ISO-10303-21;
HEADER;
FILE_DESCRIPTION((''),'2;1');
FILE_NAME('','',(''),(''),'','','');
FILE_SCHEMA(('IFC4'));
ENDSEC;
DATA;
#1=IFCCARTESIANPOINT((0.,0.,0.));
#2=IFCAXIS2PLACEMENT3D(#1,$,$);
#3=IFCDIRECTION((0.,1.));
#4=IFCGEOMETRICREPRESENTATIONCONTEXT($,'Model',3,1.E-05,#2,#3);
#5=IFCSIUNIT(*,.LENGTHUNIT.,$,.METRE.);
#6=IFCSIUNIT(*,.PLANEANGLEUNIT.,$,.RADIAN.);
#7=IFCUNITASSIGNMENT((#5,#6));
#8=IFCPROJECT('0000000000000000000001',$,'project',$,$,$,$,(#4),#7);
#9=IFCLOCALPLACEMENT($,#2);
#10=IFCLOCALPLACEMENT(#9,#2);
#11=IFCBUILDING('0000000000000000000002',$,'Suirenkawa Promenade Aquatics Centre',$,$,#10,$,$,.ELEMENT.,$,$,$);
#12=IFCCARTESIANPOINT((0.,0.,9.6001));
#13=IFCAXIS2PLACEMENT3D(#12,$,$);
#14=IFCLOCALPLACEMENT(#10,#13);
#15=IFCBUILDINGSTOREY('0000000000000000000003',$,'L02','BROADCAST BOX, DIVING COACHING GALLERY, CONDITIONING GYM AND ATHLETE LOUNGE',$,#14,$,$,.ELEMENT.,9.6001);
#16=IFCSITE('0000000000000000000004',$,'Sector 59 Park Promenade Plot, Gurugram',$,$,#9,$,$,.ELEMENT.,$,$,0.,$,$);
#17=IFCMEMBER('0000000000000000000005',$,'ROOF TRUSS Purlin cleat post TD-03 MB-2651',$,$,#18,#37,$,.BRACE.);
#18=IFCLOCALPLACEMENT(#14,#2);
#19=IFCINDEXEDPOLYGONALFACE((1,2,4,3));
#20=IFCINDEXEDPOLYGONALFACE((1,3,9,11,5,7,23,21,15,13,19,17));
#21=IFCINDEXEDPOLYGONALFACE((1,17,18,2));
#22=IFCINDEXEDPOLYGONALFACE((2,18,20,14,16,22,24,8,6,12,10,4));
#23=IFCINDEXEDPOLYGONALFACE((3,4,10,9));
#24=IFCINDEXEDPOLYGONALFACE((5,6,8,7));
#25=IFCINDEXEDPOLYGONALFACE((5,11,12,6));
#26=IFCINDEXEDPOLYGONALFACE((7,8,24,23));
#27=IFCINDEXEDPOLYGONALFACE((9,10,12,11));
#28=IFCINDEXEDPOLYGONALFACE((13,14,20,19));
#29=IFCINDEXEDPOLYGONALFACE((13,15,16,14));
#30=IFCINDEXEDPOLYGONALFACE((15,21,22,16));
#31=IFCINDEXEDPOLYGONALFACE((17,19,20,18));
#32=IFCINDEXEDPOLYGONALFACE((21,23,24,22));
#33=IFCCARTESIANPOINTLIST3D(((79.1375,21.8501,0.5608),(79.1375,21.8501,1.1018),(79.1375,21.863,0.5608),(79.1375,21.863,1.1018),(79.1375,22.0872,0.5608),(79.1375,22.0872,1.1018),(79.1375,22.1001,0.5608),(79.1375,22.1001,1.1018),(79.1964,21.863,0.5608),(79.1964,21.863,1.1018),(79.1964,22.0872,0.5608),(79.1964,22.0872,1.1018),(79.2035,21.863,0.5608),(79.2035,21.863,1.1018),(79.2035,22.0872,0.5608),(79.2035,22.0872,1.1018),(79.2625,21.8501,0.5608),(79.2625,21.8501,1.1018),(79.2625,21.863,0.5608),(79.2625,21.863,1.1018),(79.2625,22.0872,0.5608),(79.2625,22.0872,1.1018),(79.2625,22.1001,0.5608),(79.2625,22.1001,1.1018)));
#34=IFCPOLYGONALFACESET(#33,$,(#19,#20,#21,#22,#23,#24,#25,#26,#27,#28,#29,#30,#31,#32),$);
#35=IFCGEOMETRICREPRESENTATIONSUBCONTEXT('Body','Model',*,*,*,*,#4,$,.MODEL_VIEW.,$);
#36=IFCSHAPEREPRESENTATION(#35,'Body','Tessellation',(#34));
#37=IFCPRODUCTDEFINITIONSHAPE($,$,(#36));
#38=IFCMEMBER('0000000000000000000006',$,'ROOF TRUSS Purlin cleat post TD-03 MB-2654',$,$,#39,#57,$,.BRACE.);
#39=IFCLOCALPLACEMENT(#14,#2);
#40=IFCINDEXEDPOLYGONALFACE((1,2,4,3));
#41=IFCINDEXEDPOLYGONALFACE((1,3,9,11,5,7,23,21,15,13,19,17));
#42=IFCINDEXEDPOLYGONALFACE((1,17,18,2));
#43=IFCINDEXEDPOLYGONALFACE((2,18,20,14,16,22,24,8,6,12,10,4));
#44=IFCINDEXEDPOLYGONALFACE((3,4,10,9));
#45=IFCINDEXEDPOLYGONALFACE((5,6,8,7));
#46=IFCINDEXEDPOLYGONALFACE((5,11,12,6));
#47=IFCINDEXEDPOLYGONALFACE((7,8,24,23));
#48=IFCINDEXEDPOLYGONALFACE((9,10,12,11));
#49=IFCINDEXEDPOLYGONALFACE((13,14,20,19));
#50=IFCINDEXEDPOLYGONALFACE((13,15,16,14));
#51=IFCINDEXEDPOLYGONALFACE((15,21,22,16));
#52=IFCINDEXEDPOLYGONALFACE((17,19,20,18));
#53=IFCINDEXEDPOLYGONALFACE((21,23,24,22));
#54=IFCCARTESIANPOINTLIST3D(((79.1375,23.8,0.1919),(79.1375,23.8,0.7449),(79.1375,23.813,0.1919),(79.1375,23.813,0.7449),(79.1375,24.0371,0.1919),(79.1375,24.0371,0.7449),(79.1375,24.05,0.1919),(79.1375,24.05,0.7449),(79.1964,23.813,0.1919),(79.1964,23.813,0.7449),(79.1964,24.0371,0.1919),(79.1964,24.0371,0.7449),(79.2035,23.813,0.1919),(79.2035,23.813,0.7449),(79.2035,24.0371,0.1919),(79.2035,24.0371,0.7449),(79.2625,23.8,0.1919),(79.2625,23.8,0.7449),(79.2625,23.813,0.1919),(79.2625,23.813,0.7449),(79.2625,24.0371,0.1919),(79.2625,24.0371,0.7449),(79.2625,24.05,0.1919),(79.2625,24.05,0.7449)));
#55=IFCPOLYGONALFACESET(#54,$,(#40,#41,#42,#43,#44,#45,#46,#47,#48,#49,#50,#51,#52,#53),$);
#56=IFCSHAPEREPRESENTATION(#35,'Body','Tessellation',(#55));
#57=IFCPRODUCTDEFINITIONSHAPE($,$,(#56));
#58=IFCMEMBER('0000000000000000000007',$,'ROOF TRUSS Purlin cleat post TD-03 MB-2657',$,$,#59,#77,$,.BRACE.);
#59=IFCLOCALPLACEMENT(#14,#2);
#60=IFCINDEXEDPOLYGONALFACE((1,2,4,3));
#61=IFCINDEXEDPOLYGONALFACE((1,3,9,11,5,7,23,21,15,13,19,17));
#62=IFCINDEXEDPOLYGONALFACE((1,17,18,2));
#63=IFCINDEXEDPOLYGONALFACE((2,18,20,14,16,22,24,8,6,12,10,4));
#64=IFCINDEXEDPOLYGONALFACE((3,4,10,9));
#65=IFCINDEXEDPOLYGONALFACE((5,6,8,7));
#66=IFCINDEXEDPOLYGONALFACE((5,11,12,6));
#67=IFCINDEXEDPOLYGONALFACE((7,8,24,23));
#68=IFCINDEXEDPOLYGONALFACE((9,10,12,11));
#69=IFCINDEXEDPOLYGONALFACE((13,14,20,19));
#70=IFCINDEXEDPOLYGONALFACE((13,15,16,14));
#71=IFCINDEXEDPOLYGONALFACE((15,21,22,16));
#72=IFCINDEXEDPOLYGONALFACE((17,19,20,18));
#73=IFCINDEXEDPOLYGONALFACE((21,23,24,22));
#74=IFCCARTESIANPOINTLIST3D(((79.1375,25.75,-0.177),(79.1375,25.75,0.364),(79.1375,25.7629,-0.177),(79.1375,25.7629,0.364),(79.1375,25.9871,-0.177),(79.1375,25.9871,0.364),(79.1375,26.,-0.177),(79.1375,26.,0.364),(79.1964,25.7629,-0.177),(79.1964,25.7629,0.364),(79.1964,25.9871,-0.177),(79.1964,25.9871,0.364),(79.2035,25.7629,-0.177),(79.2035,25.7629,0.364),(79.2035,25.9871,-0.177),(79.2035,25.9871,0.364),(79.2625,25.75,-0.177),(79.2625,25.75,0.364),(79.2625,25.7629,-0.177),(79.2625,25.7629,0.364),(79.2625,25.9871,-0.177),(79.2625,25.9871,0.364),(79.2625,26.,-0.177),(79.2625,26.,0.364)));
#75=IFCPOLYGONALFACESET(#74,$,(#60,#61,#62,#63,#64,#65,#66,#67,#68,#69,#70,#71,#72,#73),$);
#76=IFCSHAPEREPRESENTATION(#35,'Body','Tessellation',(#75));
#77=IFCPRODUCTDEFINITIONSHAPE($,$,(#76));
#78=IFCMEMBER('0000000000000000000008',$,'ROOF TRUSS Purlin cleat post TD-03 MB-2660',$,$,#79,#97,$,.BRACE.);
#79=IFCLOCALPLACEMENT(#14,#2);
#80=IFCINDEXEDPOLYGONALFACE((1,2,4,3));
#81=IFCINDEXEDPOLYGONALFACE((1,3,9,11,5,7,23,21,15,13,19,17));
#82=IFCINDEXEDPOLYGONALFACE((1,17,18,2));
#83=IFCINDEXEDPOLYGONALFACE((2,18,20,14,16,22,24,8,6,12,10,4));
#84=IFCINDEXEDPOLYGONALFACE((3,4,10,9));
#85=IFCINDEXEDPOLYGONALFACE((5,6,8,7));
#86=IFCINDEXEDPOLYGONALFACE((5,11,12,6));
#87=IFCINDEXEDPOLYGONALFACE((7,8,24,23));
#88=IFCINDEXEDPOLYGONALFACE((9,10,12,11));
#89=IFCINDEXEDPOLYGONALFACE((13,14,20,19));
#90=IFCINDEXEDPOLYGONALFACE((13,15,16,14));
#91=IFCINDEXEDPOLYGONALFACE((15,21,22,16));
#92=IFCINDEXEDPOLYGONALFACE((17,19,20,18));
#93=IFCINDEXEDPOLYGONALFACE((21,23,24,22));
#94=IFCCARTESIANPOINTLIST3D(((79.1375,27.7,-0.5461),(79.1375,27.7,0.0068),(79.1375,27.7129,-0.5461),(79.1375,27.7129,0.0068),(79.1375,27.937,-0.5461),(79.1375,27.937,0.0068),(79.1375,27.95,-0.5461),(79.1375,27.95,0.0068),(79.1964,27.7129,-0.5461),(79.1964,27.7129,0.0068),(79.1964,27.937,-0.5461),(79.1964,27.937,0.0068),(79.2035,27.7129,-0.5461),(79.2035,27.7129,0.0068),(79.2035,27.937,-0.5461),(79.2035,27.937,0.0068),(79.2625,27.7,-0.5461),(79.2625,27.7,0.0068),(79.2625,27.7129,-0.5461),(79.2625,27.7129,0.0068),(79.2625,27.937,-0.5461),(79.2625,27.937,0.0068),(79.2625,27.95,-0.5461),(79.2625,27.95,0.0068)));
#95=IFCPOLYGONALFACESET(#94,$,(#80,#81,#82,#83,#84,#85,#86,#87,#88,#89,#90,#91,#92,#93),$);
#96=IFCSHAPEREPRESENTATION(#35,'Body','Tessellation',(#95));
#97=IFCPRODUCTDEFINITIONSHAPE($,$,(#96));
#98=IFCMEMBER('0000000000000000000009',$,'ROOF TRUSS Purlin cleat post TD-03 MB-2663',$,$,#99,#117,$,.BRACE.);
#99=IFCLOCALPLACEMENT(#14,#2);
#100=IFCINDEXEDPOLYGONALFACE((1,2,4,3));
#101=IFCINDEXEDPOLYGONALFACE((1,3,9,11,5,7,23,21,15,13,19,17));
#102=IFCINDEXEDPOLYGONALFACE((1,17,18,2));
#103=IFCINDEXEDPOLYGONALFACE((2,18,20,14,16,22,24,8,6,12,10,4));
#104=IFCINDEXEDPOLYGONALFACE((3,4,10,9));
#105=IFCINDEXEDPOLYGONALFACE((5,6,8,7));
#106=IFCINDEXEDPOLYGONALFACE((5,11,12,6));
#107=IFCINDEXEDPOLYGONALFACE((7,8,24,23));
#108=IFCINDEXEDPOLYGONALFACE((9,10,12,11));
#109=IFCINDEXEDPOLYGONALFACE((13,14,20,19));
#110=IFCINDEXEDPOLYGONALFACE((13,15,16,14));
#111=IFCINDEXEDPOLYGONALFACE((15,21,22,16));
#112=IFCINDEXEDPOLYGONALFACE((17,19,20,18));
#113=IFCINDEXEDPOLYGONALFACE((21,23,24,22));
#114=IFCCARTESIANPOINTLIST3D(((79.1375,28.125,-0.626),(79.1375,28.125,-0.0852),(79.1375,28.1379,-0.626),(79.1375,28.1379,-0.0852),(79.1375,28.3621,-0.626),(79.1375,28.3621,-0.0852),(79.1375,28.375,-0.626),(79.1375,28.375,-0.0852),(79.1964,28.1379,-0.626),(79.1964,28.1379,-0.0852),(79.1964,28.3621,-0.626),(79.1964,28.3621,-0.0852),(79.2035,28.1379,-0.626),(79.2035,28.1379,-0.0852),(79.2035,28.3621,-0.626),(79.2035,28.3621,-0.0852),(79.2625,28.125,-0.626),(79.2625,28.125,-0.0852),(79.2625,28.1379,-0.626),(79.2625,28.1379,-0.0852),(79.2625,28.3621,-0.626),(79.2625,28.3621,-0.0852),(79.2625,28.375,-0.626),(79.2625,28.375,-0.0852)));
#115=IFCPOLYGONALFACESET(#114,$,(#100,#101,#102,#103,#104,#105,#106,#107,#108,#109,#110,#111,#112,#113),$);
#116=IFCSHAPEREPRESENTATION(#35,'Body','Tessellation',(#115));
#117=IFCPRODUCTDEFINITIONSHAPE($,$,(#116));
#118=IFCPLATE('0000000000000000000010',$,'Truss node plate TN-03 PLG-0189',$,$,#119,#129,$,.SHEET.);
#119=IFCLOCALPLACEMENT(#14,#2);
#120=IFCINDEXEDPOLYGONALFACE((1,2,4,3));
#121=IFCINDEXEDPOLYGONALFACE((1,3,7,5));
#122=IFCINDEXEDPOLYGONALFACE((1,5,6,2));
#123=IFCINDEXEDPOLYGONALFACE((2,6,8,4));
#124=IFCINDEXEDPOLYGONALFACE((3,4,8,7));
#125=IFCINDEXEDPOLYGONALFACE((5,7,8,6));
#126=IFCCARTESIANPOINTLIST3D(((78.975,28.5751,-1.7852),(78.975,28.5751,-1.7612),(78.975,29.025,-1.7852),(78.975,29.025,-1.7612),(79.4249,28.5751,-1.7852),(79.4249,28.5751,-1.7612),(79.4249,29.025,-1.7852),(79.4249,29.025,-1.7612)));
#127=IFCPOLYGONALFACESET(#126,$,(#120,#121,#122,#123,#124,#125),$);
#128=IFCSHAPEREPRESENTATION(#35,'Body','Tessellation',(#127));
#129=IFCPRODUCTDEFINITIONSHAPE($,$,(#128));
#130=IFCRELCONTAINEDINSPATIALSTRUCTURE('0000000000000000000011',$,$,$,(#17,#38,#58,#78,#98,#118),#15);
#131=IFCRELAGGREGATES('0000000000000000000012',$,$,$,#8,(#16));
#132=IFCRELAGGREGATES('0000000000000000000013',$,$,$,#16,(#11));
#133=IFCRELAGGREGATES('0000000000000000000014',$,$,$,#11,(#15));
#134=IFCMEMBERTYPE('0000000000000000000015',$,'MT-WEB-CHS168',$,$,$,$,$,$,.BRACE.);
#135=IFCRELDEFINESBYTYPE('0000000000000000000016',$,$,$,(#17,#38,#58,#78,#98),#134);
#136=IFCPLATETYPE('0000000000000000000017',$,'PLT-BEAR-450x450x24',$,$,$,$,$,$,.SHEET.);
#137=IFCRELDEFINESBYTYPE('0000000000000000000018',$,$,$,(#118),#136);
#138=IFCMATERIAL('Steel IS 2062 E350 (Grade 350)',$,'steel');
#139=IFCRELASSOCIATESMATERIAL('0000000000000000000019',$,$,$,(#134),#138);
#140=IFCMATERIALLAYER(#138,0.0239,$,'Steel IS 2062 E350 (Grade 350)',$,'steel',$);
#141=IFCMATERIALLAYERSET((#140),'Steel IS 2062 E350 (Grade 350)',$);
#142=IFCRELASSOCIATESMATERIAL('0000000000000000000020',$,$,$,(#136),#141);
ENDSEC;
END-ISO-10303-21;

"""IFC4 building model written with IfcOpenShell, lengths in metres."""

from ifc_helpers import new_model, si_unit, direction, frame, origin, origin_2d, place, context, subcontext, project, spatial, rectangle, i_section, extrude, material, layer, layer_set, material_profile, profile_set, type_object, element, save


model = new_model("IFC4")

# Units and contexts
model_context = context("Model", 3, precision=1e-05, world=origin(), true_north=direction((0.0, 1.0)))
body_context = subcontext(model_context, "Body", "Model", "MODEL_VIEW")
ifc_project = project(units=[si_unit("LENGTHUNIT", "METRE"), si_unit("PLANEANGLEUNIT", "RADIAN")], contexts=[model_context])

# Site, building, storey
site_placement = place(None, origin())
site = spatial("IfcSite", under=ifc_project, at=site_placement, Name="Sector 59 Park Promenade Plot, Gurugram", CompositionType="ELEMENT", RefElevation=0.0)
building_placement = place(site_placement, origin())
building = spatial("IfcBuilding", under=site, at=building_placement, Name="Suirenkawa Promenade Aquatics Centre", CompositionType="ELEMENT")
storey_placement = place(building_placement, frame((0.0, 0.0, 9.6001)))
storey = spatial("IfcBuildingStorey", under=building, at=storey_placement, Name="L02", Description="BROADCAST BOX, DIVING COACHING GALLERY, CONDITIONING GYM AND ATHLETE LOUNGE", CompositionType="ELEMENT", Elevation=9.6001)

# Shared definitions
ifc_material = material(Name="Steel IS 2062 E350 (Grade 350)", Category="steel")

# Members
ifc_material_profile_1 = material_profile(ifc_material, i_section(OverallWidth=0.125, OverallDepth=0.25, WebThickness=0.0071, FlangeThickness=0.0129, at=origin_2d()), Name="ISMB 250", Category="steel")
ifc_profile_set_1 = profile_set([ifc_material_profile_1], Name="Steel IS 2062 E350 (Grade 350)")
member_type_1 = type_object("IfcMemberType", Name="MT-WEB-CHS168", PredefinedType="BRACE", material=ifc_profile_set_1)
member_1_placement = place(storey_placement, frame((79.2, 21.9751, 0.5608), z_axis=(0.0, 0.0, 1.0), x_axis=(1.0, 0.0, 0.0)))
element("IfcMember", 1, at=member_1_placement, inside=storey, type_object=member_type_1, Name="ROOF TRUSS Purlin cleat post TD-03 MB-2651", PredefinedType="BRACE", context=body_context, shape_type="SweptSolid", body=[
    extrude(i_section(OverallWidth=0.125, OverallDepth=0.25, WebThickness=0.0071, FlangeThickness=0.0129, at=origin_2d()), origin(), (0.0, 0.0, 1.0), 0.541),
])
member_2_placement = place(storey_placement, frame((79.2, 23.925, 0.1919), z_axis=(0.0, 0.0, 1.0), x_axis=(1.0, 0.0, 0.0)))
element("IfcMember", 2, at=member_2_placement, inside=storey, type_object=member_type_1, Name="ROOF TRUSS Purlin cleat post TD-03 MB-2654", PredefinedType="BRACE", context=body_context, shape_type="SweptSolid", body=[
    extrude(i_section(OverallWidth=0.125, OverallDepth=0.25, WebThickness=0.0071, FlangeThickness=0.0129, at=origin_2d()), origin(), (0.0, 0.0, 1.0), 0.553),
])
member_3_placement = place(storey_placement, frame((79.2, 25.875, -0.177), z_axis=(0.0, 0.0, 1.0), x_axis=(1.0, 0.0, 0.0)))
element("IfcMember", 3, at=member_3_placement, inside=storey, type_object=member_type_1, Name="ROOF TRUSS Purlin cleat post TD-03 MB-2657", PredefinedType="BRACE", context=body_context, shape_type="SweptSolid", body=[
    extrude(i_section(OverallWidth=0.125, OverallDepth=0.25, WebThickness=0.0071, FlangeThickness=0.0129, at=origin_2d()), origin(), (0.0, 0.0, 1.0), 0.541),
])
member_4_placement = place(storey_placement, frame((79.2, 27.825, -0.5461), z_axis=(0.0, 0.0, 1.0), x_axis=(1.0, 0.0, 0.0)))
element("IfcMember", 4, at=member_4_placement, inside=storey, type_object=member_type_1, Name="ROOF TRUSS Purlin cleat post TD-03 MB-2660", PredefinedType="BRACE", context=body_context, shape_type="SweptSolid", body=[
    extrude(i_section(OverallWidth=0.125, OverallDepth=0.25, WebThickness=0.0071, FlangeThickness=0.0129, at=origin_2d()), origin(), (0.0, 0.0, 1.0), 0.553),
])
member_5_placement = place(storey_placement, frame((79.2, 28.25, -0.626), z_axis=(0.0, 0.0, 1.0), x_axis=(1.0, 0.0, 0.0)))
element("IfcMember", 5, at=member_5_placement, inside=storey, type_object=member_type_1, Name="ROOF TRUSS Purlin cleat post TD-03 MB-2663", PredefinedType="BRACE", context=body_context, shape_type="SweptSolid", body=[
    extrude(i_section(OverallWidth=0.125, OverallDepth=0.25, WebThickness=0.0071, FlangeThickness=0.0129, at=origin_2d()), origin(), (0.0, 0.0, 1.0), 0.5408),
])

# Plate
ifc_layer = layer(ifc_material, 0.0239, Name="Steel IS 2062 E350 (Grade 350)", Category="steel")
ifc_layer_set = layer_set([ifc_layer], Name="Steel IS 2062 E350 (Grade 350)")
plate_type = type_object("IfcPlateType", Name="PLT-BEAR-450x450x24", PredefinedType="SHEET", material=ifc_layer_set)
plate_placement = place(storey_placement, frame((79.2, 28.8, -1.7852), z_axis=(0.0, 0.0, 1.0), x_axis=(1.0, 0.0, 0.0)))
element("IfcPlate", 6, at=plate_placement, inside=storey, type_object=plate_type, Name="Truss node plate TN-03 PLG-0189", PredefinedType="SHEET", context=body_context, shape_type="SweptSolid", body=[
    extrude(rectangle(XDim=0.45, YDim=0.45, at=origin_2d()), origin(), (0.0, 0.0, 1.0), 0.0239),
])

save(model, "model.ifc")
